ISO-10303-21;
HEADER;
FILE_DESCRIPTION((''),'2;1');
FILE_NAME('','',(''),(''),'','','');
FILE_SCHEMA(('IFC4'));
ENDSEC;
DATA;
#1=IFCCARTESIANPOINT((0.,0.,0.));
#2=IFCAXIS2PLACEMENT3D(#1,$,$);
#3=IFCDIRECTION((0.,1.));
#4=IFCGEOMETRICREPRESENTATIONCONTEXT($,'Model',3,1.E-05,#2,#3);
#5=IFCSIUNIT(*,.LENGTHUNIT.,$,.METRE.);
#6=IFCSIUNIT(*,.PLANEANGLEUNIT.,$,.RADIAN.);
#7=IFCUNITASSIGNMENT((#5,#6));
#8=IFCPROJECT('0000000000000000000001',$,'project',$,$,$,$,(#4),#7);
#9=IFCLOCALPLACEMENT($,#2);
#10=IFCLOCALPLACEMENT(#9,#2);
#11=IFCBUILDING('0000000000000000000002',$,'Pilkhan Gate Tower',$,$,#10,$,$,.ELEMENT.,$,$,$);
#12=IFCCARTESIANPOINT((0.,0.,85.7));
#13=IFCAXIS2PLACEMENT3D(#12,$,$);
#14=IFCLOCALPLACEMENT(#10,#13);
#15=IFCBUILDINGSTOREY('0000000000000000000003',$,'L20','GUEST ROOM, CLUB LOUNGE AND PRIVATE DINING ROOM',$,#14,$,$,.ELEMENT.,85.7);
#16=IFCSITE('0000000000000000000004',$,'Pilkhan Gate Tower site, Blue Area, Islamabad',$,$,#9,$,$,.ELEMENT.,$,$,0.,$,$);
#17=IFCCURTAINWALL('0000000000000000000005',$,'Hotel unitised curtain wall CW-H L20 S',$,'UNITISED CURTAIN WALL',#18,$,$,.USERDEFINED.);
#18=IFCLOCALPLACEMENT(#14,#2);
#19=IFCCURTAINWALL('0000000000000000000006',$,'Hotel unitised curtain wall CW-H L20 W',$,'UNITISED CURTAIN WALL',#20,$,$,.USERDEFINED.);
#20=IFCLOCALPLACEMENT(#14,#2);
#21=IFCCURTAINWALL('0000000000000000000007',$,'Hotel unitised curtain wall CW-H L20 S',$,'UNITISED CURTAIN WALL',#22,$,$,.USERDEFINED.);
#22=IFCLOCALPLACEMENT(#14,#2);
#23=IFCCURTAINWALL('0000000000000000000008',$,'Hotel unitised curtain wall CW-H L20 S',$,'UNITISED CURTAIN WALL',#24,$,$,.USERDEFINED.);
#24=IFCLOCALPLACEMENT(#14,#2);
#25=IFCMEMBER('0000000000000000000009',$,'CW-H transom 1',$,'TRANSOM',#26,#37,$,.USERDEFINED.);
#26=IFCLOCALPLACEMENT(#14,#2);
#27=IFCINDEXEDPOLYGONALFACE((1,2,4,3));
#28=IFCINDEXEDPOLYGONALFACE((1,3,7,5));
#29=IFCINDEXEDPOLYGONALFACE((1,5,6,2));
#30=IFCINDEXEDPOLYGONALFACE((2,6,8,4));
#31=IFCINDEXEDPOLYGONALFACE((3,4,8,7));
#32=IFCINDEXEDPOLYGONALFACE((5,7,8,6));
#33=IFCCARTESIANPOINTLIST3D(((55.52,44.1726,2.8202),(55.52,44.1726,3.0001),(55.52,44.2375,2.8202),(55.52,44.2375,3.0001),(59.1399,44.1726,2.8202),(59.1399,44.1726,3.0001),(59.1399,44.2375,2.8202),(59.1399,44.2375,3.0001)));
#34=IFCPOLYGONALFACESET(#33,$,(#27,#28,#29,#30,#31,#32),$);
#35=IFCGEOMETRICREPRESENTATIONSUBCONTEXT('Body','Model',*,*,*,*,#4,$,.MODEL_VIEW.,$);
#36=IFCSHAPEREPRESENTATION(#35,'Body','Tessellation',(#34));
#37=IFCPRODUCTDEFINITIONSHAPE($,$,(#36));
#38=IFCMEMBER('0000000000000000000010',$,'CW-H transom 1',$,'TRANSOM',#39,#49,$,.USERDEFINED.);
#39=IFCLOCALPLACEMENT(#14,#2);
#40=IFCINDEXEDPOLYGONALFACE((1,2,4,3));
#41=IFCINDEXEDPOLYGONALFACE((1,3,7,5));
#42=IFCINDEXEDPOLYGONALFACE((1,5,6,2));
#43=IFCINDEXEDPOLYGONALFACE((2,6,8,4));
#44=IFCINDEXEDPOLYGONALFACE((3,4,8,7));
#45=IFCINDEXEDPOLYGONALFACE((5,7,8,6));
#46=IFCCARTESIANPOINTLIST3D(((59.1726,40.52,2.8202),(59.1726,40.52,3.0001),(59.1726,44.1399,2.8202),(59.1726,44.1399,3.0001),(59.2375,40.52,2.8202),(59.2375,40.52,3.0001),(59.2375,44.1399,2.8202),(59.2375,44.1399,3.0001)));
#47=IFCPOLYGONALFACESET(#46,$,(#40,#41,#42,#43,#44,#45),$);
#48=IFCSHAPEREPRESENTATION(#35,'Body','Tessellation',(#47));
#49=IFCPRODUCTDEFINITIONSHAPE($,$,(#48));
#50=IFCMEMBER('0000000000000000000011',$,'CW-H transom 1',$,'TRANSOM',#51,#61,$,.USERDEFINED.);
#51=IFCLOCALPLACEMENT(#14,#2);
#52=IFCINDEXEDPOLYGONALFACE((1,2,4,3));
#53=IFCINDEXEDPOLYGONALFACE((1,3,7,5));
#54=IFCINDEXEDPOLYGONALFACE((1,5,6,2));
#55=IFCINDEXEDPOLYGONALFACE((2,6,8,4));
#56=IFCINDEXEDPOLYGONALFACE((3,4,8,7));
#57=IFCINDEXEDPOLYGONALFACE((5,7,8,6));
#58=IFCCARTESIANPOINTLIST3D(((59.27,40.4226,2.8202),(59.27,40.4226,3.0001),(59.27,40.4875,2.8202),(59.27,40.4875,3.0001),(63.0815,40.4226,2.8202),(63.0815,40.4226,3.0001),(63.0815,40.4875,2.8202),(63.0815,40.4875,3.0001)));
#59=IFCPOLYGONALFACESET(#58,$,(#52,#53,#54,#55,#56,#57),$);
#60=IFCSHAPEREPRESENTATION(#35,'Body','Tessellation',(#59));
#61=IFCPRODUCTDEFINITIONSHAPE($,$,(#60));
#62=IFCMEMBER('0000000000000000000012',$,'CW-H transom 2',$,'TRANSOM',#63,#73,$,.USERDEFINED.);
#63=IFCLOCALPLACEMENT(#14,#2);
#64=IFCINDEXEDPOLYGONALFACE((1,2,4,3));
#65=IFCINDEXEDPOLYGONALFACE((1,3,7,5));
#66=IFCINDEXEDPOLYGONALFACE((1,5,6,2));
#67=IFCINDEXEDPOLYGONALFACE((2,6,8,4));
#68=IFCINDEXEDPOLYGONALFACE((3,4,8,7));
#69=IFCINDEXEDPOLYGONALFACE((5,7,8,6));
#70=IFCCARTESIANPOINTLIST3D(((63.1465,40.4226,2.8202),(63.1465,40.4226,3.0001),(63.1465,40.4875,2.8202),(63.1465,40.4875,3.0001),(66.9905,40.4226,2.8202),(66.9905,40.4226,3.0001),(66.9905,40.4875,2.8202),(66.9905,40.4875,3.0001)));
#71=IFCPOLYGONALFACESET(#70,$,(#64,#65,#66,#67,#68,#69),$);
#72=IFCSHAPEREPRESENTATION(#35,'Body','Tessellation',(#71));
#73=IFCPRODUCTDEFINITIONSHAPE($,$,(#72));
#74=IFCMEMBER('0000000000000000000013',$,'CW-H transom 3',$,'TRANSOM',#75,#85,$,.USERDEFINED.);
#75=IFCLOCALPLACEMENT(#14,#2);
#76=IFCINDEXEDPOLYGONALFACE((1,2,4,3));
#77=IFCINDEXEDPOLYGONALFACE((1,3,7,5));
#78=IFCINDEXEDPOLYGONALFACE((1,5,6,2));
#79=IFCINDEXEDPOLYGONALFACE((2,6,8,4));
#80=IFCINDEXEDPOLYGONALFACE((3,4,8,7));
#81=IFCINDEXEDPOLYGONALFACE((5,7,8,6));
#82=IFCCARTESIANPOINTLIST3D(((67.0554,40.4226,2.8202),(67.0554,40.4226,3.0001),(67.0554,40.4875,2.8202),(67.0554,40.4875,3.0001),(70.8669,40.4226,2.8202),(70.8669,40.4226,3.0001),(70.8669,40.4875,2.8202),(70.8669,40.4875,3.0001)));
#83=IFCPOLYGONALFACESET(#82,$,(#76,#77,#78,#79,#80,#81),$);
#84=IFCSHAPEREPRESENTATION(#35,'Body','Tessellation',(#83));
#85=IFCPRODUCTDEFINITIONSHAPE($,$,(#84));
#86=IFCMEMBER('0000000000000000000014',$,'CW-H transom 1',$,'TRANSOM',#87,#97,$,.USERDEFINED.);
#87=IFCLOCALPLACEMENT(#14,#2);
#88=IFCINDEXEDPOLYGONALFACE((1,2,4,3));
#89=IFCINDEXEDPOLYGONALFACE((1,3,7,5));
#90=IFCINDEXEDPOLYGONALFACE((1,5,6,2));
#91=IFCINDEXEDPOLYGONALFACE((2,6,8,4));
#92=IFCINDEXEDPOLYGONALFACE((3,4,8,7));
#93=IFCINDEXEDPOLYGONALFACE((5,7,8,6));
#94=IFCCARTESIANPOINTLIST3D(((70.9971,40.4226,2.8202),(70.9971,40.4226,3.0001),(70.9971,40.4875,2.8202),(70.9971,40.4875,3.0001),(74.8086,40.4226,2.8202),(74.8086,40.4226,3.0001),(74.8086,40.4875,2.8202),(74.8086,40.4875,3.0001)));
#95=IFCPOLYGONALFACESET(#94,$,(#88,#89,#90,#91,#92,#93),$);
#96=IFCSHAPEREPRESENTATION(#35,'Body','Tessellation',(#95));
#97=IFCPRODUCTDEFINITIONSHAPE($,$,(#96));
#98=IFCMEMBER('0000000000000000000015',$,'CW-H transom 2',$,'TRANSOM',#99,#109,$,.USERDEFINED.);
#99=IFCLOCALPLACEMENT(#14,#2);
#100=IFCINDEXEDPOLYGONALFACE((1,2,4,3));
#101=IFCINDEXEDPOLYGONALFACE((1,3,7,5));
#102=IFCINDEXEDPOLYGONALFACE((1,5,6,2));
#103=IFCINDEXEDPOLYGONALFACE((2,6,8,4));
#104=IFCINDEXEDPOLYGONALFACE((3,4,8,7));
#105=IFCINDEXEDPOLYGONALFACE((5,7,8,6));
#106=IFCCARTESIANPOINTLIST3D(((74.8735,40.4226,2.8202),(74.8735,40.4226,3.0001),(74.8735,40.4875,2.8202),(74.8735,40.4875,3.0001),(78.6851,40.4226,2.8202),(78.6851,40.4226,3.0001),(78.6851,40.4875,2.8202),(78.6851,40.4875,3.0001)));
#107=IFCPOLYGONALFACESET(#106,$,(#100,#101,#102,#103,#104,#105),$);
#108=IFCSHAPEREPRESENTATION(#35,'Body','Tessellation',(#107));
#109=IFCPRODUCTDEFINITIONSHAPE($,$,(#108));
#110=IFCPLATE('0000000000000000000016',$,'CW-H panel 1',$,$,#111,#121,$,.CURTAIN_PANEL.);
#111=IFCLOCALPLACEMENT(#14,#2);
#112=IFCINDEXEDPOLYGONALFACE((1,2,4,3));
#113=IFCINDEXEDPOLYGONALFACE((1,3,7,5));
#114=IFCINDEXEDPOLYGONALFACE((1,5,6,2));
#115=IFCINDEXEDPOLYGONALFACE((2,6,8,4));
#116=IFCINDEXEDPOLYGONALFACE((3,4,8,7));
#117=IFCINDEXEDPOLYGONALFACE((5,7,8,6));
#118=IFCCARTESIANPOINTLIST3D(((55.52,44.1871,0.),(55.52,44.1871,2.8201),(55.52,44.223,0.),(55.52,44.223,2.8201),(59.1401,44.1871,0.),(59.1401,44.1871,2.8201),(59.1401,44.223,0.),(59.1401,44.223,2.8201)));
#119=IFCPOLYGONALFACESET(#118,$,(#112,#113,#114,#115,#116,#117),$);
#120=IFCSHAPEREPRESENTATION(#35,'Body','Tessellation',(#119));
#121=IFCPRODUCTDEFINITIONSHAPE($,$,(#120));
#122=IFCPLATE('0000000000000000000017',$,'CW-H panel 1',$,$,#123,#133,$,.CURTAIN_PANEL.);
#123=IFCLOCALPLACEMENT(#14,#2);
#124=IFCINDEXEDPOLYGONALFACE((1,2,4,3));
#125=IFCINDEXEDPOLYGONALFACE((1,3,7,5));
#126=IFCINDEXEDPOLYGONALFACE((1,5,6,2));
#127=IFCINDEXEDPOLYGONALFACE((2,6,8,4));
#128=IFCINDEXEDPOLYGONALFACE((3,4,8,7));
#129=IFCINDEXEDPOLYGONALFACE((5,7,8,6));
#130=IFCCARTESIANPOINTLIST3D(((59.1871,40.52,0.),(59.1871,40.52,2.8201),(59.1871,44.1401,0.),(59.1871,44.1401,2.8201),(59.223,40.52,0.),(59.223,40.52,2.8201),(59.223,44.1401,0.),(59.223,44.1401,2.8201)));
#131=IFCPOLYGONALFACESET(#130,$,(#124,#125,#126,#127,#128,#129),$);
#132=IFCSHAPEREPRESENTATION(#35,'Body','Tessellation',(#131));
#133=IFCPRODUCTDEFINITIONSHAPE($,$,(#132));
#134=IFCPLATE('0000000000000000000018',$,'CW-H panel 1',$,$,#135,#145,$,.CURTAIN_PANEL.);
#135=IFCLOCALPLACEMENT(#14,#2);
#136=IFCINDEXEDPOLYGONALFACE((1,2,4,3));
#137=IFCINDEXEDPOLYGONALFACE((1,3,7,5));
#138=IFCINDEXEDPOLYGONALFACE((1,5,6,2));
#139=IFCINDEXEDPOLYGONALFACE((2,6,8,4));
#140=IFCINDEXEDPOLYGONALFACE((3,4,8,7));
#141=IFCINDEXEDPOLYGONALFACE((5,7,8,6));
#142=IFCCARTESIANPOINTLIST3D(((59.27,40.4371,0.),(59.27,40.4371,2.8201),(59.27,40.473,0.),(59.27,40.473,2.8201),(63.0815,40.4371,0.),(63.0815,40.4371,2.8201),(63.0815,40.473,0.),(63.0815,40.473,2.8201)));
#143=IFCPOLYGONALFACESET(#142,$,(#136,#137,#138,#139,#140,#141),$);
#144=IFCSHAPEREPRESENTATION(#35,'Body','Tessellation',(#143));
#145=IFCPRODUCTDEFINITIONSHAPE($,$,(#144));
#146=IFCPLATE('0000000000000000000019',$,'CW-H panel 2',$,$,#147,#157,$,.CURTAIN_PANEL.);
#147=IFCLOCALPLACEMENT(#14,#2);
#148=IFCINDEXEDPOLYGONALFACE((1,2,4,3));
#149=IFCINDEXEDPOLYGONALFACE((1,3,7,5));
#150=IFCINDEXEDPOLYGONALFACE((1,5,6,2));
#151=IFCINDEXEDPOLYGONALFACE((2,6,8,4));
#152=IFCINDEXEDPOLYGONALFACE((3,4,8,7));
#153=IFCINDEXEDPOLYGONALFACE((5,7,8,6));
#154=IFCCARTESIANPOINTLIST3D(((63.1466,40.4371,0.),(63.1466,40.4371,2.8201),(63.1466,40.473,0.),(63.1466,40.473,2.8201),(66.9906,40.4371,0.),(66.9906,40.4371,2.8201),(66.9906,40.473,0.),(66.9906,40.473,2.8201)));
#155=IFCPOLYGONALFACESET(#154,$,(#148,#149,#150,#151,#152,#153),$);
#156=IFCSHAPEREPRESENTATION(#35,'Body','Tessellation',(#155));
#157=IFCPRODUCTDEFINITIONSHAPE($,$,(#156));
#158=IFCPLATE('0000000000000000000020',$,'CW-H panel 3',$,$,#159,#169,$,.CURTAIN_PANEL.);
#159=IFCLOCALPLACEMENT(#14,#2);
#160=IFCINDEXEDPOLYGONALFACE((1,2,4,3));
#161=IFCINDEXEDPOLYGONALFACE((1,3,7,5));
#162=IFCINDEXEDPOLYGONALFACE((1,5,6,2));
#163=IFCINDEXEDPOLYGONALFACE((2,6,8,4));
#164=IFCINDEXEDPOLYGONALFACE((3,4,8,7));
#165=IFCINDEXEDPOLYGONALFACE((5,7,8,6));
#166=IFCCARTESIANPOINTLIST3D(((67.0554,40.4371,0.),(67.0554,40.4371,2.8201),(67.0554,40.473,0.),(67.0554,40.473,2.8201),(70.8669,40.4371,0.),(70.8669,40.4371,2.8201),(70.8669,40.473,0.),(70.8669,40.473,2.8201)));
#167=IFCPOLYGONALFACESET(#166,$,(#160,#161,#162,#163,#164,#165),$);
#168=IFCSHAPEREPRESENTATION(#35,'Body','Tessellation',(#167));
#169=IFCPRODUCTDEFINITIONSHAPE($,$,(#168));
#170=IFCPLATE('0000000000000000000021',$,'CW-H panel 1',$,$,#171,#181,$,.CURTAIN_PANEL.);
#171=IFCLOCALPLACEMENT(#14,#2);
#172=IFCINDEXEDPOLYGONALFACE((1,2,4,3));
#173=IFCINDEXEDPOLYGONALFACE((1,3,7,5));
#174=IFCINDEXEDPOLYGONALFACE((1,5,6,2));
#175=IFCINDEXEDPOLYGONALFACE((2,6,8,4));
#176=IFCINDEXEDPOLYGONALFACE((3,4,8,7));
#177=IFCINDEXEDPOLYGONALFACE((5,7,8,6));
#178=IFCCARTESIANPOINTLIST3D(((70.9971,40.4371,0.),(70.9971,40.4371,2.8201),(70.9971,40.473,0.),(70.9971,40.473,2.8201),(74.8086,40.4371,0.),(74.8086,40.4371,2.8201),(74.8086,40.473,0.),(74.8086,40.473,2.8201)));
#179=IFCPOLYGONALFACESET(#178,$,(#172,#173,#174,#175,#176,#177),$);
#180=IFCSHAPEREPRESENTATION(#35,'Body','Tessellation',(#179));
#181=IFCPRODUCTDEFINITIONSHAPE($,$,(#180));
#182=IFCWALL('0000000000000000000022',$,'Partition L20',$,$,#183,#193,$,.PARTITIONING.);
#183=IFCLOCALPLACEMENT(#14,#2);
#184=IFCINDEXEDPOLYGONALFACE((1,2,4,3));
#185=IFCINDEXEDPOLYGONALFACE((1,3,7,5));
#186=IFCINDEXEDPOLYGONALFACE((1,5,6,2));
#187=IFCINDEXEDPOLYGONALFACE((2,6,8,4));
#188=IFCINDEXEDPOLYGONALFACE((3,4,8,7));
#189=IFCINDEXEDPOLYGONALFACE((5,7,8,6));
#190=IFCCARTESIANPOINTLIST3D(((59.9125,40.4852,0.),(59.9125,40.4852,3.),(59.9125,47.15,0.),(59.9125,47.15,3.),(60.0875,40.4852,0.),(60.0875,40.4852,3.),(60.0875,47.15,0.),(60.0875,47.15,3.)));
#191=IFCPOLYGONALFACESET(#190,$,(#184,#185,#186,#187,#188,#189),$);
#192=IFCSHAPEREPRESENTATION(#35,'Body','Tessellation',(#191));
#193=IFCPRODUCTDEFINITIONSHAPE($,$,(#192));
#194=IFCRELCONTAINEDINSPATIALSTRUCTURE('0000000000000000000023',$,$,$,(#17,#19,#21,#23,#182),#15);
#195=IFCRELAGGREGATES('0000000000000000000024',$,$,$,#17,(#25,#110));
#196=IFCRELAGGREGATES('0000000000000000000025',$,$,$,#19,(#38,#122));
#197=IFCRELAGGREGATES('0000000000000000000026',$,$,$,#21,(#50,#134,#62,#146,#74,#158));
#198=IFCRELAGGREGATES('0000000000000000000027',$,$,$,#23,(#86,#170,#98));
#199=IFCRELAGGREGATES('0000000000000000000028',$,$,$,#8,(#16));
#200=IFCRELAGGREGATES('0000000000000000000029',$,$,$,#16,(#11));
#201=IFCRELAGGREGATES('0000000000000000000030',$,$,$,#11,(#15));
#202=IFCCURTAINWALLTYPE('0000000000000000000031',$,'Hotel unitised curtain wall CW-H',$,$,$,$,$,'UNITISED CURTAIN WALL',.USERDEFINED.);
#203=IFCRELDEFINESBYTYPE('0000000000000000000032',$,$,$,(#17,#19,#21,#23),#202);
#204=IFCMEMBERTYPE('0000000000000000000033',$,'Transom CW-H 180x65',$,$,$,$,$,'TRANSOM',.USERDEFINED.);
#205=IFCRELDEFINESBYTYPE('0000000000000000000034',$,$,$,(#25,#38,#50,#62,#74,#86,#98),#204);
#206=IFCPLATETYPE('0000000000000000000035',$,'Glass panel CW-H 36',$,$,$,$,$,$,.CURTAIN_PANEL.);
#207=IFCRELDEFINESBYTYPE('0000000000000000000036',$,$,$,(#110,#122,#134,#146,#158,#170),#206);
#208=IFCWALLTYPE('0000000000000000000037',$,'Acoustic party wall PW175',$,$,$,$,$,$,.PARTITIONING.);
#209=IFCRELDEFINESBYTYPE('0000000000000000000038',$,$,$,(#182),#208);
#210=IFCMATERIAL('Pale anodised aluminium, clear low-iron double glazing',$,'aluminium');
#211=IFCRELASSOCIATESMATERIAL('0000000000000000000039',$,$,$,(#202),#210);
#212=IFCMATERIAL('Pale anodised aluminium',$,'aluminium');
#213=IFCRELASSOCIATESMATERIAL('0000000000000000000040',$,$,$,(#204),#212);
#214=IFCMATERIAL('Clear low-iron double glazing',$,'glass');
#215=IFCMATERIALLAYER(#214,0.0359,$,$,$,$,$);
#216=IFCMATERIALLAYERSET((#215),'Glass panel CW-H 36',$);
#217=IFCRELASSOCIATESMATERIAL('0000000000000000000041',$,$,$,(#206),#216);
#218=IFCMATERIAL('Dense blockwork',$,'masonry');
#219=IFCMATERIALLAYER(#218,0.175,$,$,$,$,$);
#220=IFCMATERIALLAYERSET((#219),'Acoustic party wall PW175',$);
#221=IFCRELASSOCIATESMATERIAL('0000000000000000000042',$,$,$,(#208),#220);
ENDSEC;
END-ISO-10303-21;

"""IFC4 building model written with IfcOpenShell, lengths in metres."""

from ifc_helpers import new_model, si_unit, direction, frame, frame_2d, origin, origin_2d, place, context, subcontext, project, spatial, rectangle, extrude, material, layer, layer_set, material_profile, profile_set, type_object, element, aggregate, save


model = new_model("IFC4")

# Units and contexts
model_context = context("Model", 3, precision=1e-05, world=origin(), true_north=direction((0.0, 1.0)))
body_context = subcontext(model_context, "Body", "Model", "MODEL_VIEW")
ifc_project = project(units=[si_unit("LENGTHUNIT", "METRE"), si_unit("PLANEANGLEUNIT", "RADIAN")], contexts=[model_context])

# Site, building, storey
site_placement = place(None, origin())
site = spatial("IfcSite", under=ifc_project, at=site_placement, Name="Pilkhan Gate Tower site, Blue Area, Islamabad", CompositionType="ELEMENT", RefElevation=0.0)
building_placement = place(site_placement, origin())
building = spatial("IfcBuilding", under=site, at=building_placement, Name="Pilkhan Gate Tower", CompositionType="ELEMENT")
storey_placement = place(building_placement, frame((0.0, 0.0, 85.7)))
storey = spatial("IfcBuildingStorey", under=building, at=storey_placement, Name="L20", Description="GUEST ROOM, CLUB LOUNGE AND PRIVATE DINING ROOM", CompositionType="ELEMENT", Elevation=85.7)

# Shared definitions
ifc_material_1 = material(Name="Pale anodised aluminium, clear low-iron double glazing", Category="aluminium")
curtain_wall_type = type_object("IfcCurtainWallType", Name="Hotel unitised curtain wall CW-H", ElementType="UNITISED CURTAIN WALL", PredefinedType="USERDEFINED", material=ifc_material_1)
ifc_material_2 = material(Name="Pale anodised aluminium", Category="aluminium")

# Curtain walls
curtain_wall_1_placement = place(storey_placement, origin())
curtain_wall_1 = element("IfcCurtainWall", 1, at=curtain_wall_1_placement, inside=storey, type_object=curtain_wall_type, Name="Hotel unitised curtain wall CW-H L20 S", ObjectType="UNITISED CURTAIN WALL", PredefinedType="USERDEFINED")
curtain_wall_2_placement = place(storey_placement, origin())
curtain_wall_2 = element("IfcCurtainWall", 2, at=curtain_wall_2_placement, inside=storey, type_object=curtain_wall_type, Name="Hotel unitised curtain wall CW-H L20 W", ObjectType="UNITISED CURTAIN WALL", PredefinedType="USERDEFINED")
curtain_wall_3_placement = place(storey_placement, origin())
curtain_wall_3 = element("IfcCurtainWall", 3, at=curtain_wall_3_placement, inside=storey, type_object=curtain_wall_type, Name="Hotel unitised curtain wall CW-H L20 S", ObjectType="UNITISED CURTAIN WALL", PredefinedType="USERDEFINED")
curtain_wall_4_placement = place(storey_placement, origin())
curtain_wall_4 = element("IfcCurtainWall", 4, at=curtain_wall_4_placement, inside=storey, type_object=curtain_wall_type, Name="Hotel unitised curtain wall CW-H L20 S", ObjectType="UNITISED CURTAIN WALL", PredefinedType="USERDEFINED")

# Members
ifc_material_profile_1 = material_profile(ifc_material_2, rectangle(XDim=0.0649, YDim=0.1799, at=origin_2d()), Name="Transom 180x65")
ifc_profile_set_1 = profile_set([ifc_material_profile_1], Name="Pale anodised aluminium")
member_type_1 = type_object("IfcMemberType", Name="Transom CW-H 180x65", ElementType="TRANSOM", PredefinedType="USERDEFINED", material=ifc_profile_set_1)
member_1_placement = place(storey_placement, frame((55.52, 44.2051, 2.9102), z_axis=(1.0, 0.0, 0.0), x_axis=(0.0, 1.0, 0.0)))
member_1 = element("IfcMember", 5, at=member_1_placement, type_object=member_type_1, Name="CW-H transom 1", ObjectType="TRANSOM", PredefinedType="USERDEFINED", context=body_context, shape_type="SweptSolid", body=[
    extrude(rectangle(XDim=0.0649, YDim=0.1799, at=origin_2d()), origin(), (0.0, 0.0, 1.0), 3.6199),
])
member_2_placement = place(storey_placement, frame((59.2051, 40.52, 2.9102), z_axis=(0.0, 1.0, 0.0), x_axis=(-1.0, 0.0, 0.0)))
member_2 = element("IfcMember", 6, at=member_2_placement, type_object=member_type_1, Name="CW-H transom 1", ObjectType="TRANSOM", PredefinedType="USERDEFINED", context=body_context, shape_type="SweptSolid", body=[
    extrude(rectangle(XDim=0.0649, YDim=0.1799, at=origin_2d()), origin(), (0.0, 0.0, 1.0), 3.6199),
])
member_3_placement = place(storey_placement, frame((59.27, 40.4551, 2.9102), z_axis=(1.0, 0.0, 0.0), x_axis=(0.0, 1.0, 0.0)))
member_3 = element("IfcMember", 7, at=member_3_placement, type_object=member_type_1, Name="CW-H transom 1", ObjectType="TRANSOM", PredefinedType="USERDEFINED", context=body_context, shape_type="SweptSolid", body=[
    extrude(rectangle(XDim=0.0649, YDim=0.1799, at=origin_2d()), origin(), (0.0, 0.0, 1.0), 3.8115),
])
member_4_placement = place(storey_placement, frame((63.1465, 40.4551, 2.9102), z_axis=(1.0, 0.0, 0.0), x_axis=(0.0, 1.0, 0.0)))
member_4 = element("IfcMember", 8, at=member_4_placement, type_object=member_type_1, Name="CW-H transom 2", ObjectType="TRANSOM", PredefinedType="USERDEFINED", context=body_context, shape_type="SweptSolid", body=[
    extrude(rectangle(XDim=0.0649, YDim=0.1799, at=origin_2d()), origin(), (0.0, 0.0, 1.0), 3.844),
])
member_5_placement = place(storey_placement, frame((67.0554, 40.4551, 2.9102), z_axis=(1.0, 0.0, 0.0), x_axis=(0.0, 1.0, 0.0)))
member_5 = element("IfcMember", 9, at=member_5_placement, type_object=member_type_1, Name="CW-H transom 3", ObjectType="TRANSOM", PredefinedType="USERDEFINED", context=body_context, shape_type="SweptSolid", body=[
    extrude(rectangle(XDim=0.0649, YDim=0.1799, at=origin_2d()), origin(), (0.0, 0.0, 1.0), 3.8115),
])
member_6_placement = place(storey_placement, frame((70.9971, 40.4551, 2.9102), z_axis=(1.0, 0.0, 0.0), x_axis=(0.0, 1.0, 0.0)))
member_6 = element("IfcMember", 10, at=member_6_placement, type_object=member_type_1, Name="CW-H transom 1", ObjectType="TRANSOM", PredefinedType="USERDEFINED", context=body_context, shape_type="SweptSolid", body=[
    extrude(rectangle(XDim=0.0649, YDim=0.1799, at=origin_2d()), origin(), (0.0, 0.0, 1.0), 3.8115),
])
member_7_placement = place(storey_placement, frame((74.8735, 40.4551, 2.9102), z_axis=(1.0, 0.0, 0.0), x_axis=(0.0, 1.0, 0.0)))
member_7 = element("IfcMember", 11, at=member_7_placement, type_object=member_type_1, Name="CW-H transom 2", ObjectType="TRANSOM", PredefinedType="USERDEFINED", context=body_context, shape_type="SweptSolid", body=[
    extrude(rectangle(XDim=0.0649, YDim=0.1799, at=origin_2d()), origin(), (0.0, 0.0, 1.0), 3.8115),
])

# Plates
ifc_material_3 = material(Name="Clear low-iron double glazing", Category="glass")
ifc_layer_1 = layer(ifc_material_3, 0.0359)
ifc_layer_set_1 = layer_set([ifc_layer_1], Name="Glass panel CW-H 36")
plate_type = type_object("IfcPlateType", Name="Glass panel CW-H 36", PredefinedType="CURTAIN_PANEL", material=ifc_layer_set_1)
plate_1_placement = place(storey_placement, frame((57.3301, 44.2051, 0.0), z_axis=(0.0, 0.0, 1.0), x_axis=(1.0, 0.0, 0.0)))
plate_1 = element("IfcPlate", 12, at=plate_1_placement, type_object=plate_type, Name="CW-H panel 1", PredefinedType="CURTAIN_PANEL", context=body_context, shape_type="SweptSolid", body=[
    extrude(rectangle(XDim=3.6201, YDim=0.0359, at=origin_2d()), origin(), (0.0, 0.0, 1.0), 2.8201),
])
aggregate(curtain_wall_1, [member_1, plate_1])
plate_2_placement = place(storey_placement, frame((59.2051, 42.3301, 0.0), z_axis=(0.0, 0.0, 1.0), x_axis=(0.0, 1.0, 0.0)))
plate_2 = element("IfcPlate", 13, at=plate_2_placement, type_object=plate_type, Name="CW-H panel 1", PredefinedType="CURTAIN_PANEL", context=body_context, shape_type="SweptSolid", body=[
    extrude(rectangle(XDim=3.6201, YDim=0.0359, at=origin_2d()), origin(), (0.0, 0.0, 1.0), 2.8201),
])
aggregate(curtain_wall_2, [member_2, plate_2])
plate_3_placement = place(storey_placement, frame((61.1758, 40.4551, 0.0), z_axis=(0.0, 0.0, 1.0), x_axis=(1.0, 0.0, 0.0)))
plate_3 = element("IfcPlate", 14, at=plate_3_placement, type_object=plate_type, Name="CW-H panel 1", PredefinedType="CURTAIN_PANEL", context=body_context, shape_type="SweptSolid", body=[
    extrude(rectangle(XDim=3.8115, YDim=0.0359, at=origin_2d()), origin(), (0.0, 0.0, 1.0), 2.8201),
])
plate_4_placement = place(storey_placement, frame((65.0686, 40.4551, 0.0), z_axis=(0.0, 0.0, 1.0), x_axis=(1.0, 0.0, 0.0)))
plate_4 = element("IfcPlate", 15, at=plate_4_placement, type_object=plate_type, Name="CW-H panel 2", PredefinedType="CURTAIN_PANEL", context=body_context, shape_type="SweptSolid", body=[
    extrude(rectangle(XDim=3.844, YDim=0.0359, at=origin_2d()), origin(), (0.0, 0.0, 1.0), 2.8201),
])
plate_5_placement = place(storey_placement, frame((68.9612, 40.4551, 0.0), z_axis=(0.0, 0.0, 1.0), x_axis=(1.0, 0.0, 0.0)))
plate_5 = element("IfcPlate", 16, at=plate_5_placement, type_object=plate_type, Name="CW-H panel 3", PredefinedType="CURTAIN_PANEL", context=body_context, shape_type="SweptSolid", body=[
    extrude(rectangle(XDim=3.8115, YDim=0.0359, at=origin_2d()), origin(), (0.0, 0.0, 1.0), 2.8201),
])
aggregate(curtain_wall_3, [member_3, plate_3, member_4, plate_4, member_5, plate_5])
plate_6_placement = place(storey_placement, frame((72.9028, 40.4551, 0.0), z_axis=(0.0, 0.0, 1.0), x_axis=(1.0, 0.0, 0.0)))
plate_6 = element("IfcPlate", 17, at=plate_6_placement, type_object=plate_type, Name="CW-H panel 1", PredefinedType="CURTAIN_PANEL", context=body_context, shape_type="SweptSolid", body=[
    extrude(rectangle(XDim=3.8115, YDim=0.0359, at=origin_2d()), origin(), (0.0, 0.0, 1.0), 2.8201),
])
aggregate(curtain_wall_4, [member_6, plate_6, member_7])

# Wall
ifc_material_4 = material(Name="Dense blockwork", Category="masonry")
ifc_layer_2 = layer(ifc_material_4, 0.175)
ifc_layer_set_2 = layer_set([ifc_layer_2], Name="Acoustic party wall PW175")
wall_type_1 = type_object("IfcWallType", Name="Acoustic party wall PW175", PredefinedType="PARTITIONING", material=ifc_layer_set_2)
wall_1_placement = place(storey_placement, frame((60.0, 40.4851, 0.0), z_axis=(0.0, 0.0, 1.0), x_axis=(0.0, 1.0, 0.0)))
element("IfcWall", 18, at=wall_1_placement, inside=storey, type_object=wall_type_1, Name="Partition L20", PredefinedType="PARTITIONING", context=body_context, shape_type="SweptSolid", body=[
    extrude(rectangle(XDim=6.6648, YDim=0.175, at=frame_2d((3.3325, 0.0))), origin(), (0.0, 0.0, 1.0), 3.0),
])

save(model, "model.ifc")
